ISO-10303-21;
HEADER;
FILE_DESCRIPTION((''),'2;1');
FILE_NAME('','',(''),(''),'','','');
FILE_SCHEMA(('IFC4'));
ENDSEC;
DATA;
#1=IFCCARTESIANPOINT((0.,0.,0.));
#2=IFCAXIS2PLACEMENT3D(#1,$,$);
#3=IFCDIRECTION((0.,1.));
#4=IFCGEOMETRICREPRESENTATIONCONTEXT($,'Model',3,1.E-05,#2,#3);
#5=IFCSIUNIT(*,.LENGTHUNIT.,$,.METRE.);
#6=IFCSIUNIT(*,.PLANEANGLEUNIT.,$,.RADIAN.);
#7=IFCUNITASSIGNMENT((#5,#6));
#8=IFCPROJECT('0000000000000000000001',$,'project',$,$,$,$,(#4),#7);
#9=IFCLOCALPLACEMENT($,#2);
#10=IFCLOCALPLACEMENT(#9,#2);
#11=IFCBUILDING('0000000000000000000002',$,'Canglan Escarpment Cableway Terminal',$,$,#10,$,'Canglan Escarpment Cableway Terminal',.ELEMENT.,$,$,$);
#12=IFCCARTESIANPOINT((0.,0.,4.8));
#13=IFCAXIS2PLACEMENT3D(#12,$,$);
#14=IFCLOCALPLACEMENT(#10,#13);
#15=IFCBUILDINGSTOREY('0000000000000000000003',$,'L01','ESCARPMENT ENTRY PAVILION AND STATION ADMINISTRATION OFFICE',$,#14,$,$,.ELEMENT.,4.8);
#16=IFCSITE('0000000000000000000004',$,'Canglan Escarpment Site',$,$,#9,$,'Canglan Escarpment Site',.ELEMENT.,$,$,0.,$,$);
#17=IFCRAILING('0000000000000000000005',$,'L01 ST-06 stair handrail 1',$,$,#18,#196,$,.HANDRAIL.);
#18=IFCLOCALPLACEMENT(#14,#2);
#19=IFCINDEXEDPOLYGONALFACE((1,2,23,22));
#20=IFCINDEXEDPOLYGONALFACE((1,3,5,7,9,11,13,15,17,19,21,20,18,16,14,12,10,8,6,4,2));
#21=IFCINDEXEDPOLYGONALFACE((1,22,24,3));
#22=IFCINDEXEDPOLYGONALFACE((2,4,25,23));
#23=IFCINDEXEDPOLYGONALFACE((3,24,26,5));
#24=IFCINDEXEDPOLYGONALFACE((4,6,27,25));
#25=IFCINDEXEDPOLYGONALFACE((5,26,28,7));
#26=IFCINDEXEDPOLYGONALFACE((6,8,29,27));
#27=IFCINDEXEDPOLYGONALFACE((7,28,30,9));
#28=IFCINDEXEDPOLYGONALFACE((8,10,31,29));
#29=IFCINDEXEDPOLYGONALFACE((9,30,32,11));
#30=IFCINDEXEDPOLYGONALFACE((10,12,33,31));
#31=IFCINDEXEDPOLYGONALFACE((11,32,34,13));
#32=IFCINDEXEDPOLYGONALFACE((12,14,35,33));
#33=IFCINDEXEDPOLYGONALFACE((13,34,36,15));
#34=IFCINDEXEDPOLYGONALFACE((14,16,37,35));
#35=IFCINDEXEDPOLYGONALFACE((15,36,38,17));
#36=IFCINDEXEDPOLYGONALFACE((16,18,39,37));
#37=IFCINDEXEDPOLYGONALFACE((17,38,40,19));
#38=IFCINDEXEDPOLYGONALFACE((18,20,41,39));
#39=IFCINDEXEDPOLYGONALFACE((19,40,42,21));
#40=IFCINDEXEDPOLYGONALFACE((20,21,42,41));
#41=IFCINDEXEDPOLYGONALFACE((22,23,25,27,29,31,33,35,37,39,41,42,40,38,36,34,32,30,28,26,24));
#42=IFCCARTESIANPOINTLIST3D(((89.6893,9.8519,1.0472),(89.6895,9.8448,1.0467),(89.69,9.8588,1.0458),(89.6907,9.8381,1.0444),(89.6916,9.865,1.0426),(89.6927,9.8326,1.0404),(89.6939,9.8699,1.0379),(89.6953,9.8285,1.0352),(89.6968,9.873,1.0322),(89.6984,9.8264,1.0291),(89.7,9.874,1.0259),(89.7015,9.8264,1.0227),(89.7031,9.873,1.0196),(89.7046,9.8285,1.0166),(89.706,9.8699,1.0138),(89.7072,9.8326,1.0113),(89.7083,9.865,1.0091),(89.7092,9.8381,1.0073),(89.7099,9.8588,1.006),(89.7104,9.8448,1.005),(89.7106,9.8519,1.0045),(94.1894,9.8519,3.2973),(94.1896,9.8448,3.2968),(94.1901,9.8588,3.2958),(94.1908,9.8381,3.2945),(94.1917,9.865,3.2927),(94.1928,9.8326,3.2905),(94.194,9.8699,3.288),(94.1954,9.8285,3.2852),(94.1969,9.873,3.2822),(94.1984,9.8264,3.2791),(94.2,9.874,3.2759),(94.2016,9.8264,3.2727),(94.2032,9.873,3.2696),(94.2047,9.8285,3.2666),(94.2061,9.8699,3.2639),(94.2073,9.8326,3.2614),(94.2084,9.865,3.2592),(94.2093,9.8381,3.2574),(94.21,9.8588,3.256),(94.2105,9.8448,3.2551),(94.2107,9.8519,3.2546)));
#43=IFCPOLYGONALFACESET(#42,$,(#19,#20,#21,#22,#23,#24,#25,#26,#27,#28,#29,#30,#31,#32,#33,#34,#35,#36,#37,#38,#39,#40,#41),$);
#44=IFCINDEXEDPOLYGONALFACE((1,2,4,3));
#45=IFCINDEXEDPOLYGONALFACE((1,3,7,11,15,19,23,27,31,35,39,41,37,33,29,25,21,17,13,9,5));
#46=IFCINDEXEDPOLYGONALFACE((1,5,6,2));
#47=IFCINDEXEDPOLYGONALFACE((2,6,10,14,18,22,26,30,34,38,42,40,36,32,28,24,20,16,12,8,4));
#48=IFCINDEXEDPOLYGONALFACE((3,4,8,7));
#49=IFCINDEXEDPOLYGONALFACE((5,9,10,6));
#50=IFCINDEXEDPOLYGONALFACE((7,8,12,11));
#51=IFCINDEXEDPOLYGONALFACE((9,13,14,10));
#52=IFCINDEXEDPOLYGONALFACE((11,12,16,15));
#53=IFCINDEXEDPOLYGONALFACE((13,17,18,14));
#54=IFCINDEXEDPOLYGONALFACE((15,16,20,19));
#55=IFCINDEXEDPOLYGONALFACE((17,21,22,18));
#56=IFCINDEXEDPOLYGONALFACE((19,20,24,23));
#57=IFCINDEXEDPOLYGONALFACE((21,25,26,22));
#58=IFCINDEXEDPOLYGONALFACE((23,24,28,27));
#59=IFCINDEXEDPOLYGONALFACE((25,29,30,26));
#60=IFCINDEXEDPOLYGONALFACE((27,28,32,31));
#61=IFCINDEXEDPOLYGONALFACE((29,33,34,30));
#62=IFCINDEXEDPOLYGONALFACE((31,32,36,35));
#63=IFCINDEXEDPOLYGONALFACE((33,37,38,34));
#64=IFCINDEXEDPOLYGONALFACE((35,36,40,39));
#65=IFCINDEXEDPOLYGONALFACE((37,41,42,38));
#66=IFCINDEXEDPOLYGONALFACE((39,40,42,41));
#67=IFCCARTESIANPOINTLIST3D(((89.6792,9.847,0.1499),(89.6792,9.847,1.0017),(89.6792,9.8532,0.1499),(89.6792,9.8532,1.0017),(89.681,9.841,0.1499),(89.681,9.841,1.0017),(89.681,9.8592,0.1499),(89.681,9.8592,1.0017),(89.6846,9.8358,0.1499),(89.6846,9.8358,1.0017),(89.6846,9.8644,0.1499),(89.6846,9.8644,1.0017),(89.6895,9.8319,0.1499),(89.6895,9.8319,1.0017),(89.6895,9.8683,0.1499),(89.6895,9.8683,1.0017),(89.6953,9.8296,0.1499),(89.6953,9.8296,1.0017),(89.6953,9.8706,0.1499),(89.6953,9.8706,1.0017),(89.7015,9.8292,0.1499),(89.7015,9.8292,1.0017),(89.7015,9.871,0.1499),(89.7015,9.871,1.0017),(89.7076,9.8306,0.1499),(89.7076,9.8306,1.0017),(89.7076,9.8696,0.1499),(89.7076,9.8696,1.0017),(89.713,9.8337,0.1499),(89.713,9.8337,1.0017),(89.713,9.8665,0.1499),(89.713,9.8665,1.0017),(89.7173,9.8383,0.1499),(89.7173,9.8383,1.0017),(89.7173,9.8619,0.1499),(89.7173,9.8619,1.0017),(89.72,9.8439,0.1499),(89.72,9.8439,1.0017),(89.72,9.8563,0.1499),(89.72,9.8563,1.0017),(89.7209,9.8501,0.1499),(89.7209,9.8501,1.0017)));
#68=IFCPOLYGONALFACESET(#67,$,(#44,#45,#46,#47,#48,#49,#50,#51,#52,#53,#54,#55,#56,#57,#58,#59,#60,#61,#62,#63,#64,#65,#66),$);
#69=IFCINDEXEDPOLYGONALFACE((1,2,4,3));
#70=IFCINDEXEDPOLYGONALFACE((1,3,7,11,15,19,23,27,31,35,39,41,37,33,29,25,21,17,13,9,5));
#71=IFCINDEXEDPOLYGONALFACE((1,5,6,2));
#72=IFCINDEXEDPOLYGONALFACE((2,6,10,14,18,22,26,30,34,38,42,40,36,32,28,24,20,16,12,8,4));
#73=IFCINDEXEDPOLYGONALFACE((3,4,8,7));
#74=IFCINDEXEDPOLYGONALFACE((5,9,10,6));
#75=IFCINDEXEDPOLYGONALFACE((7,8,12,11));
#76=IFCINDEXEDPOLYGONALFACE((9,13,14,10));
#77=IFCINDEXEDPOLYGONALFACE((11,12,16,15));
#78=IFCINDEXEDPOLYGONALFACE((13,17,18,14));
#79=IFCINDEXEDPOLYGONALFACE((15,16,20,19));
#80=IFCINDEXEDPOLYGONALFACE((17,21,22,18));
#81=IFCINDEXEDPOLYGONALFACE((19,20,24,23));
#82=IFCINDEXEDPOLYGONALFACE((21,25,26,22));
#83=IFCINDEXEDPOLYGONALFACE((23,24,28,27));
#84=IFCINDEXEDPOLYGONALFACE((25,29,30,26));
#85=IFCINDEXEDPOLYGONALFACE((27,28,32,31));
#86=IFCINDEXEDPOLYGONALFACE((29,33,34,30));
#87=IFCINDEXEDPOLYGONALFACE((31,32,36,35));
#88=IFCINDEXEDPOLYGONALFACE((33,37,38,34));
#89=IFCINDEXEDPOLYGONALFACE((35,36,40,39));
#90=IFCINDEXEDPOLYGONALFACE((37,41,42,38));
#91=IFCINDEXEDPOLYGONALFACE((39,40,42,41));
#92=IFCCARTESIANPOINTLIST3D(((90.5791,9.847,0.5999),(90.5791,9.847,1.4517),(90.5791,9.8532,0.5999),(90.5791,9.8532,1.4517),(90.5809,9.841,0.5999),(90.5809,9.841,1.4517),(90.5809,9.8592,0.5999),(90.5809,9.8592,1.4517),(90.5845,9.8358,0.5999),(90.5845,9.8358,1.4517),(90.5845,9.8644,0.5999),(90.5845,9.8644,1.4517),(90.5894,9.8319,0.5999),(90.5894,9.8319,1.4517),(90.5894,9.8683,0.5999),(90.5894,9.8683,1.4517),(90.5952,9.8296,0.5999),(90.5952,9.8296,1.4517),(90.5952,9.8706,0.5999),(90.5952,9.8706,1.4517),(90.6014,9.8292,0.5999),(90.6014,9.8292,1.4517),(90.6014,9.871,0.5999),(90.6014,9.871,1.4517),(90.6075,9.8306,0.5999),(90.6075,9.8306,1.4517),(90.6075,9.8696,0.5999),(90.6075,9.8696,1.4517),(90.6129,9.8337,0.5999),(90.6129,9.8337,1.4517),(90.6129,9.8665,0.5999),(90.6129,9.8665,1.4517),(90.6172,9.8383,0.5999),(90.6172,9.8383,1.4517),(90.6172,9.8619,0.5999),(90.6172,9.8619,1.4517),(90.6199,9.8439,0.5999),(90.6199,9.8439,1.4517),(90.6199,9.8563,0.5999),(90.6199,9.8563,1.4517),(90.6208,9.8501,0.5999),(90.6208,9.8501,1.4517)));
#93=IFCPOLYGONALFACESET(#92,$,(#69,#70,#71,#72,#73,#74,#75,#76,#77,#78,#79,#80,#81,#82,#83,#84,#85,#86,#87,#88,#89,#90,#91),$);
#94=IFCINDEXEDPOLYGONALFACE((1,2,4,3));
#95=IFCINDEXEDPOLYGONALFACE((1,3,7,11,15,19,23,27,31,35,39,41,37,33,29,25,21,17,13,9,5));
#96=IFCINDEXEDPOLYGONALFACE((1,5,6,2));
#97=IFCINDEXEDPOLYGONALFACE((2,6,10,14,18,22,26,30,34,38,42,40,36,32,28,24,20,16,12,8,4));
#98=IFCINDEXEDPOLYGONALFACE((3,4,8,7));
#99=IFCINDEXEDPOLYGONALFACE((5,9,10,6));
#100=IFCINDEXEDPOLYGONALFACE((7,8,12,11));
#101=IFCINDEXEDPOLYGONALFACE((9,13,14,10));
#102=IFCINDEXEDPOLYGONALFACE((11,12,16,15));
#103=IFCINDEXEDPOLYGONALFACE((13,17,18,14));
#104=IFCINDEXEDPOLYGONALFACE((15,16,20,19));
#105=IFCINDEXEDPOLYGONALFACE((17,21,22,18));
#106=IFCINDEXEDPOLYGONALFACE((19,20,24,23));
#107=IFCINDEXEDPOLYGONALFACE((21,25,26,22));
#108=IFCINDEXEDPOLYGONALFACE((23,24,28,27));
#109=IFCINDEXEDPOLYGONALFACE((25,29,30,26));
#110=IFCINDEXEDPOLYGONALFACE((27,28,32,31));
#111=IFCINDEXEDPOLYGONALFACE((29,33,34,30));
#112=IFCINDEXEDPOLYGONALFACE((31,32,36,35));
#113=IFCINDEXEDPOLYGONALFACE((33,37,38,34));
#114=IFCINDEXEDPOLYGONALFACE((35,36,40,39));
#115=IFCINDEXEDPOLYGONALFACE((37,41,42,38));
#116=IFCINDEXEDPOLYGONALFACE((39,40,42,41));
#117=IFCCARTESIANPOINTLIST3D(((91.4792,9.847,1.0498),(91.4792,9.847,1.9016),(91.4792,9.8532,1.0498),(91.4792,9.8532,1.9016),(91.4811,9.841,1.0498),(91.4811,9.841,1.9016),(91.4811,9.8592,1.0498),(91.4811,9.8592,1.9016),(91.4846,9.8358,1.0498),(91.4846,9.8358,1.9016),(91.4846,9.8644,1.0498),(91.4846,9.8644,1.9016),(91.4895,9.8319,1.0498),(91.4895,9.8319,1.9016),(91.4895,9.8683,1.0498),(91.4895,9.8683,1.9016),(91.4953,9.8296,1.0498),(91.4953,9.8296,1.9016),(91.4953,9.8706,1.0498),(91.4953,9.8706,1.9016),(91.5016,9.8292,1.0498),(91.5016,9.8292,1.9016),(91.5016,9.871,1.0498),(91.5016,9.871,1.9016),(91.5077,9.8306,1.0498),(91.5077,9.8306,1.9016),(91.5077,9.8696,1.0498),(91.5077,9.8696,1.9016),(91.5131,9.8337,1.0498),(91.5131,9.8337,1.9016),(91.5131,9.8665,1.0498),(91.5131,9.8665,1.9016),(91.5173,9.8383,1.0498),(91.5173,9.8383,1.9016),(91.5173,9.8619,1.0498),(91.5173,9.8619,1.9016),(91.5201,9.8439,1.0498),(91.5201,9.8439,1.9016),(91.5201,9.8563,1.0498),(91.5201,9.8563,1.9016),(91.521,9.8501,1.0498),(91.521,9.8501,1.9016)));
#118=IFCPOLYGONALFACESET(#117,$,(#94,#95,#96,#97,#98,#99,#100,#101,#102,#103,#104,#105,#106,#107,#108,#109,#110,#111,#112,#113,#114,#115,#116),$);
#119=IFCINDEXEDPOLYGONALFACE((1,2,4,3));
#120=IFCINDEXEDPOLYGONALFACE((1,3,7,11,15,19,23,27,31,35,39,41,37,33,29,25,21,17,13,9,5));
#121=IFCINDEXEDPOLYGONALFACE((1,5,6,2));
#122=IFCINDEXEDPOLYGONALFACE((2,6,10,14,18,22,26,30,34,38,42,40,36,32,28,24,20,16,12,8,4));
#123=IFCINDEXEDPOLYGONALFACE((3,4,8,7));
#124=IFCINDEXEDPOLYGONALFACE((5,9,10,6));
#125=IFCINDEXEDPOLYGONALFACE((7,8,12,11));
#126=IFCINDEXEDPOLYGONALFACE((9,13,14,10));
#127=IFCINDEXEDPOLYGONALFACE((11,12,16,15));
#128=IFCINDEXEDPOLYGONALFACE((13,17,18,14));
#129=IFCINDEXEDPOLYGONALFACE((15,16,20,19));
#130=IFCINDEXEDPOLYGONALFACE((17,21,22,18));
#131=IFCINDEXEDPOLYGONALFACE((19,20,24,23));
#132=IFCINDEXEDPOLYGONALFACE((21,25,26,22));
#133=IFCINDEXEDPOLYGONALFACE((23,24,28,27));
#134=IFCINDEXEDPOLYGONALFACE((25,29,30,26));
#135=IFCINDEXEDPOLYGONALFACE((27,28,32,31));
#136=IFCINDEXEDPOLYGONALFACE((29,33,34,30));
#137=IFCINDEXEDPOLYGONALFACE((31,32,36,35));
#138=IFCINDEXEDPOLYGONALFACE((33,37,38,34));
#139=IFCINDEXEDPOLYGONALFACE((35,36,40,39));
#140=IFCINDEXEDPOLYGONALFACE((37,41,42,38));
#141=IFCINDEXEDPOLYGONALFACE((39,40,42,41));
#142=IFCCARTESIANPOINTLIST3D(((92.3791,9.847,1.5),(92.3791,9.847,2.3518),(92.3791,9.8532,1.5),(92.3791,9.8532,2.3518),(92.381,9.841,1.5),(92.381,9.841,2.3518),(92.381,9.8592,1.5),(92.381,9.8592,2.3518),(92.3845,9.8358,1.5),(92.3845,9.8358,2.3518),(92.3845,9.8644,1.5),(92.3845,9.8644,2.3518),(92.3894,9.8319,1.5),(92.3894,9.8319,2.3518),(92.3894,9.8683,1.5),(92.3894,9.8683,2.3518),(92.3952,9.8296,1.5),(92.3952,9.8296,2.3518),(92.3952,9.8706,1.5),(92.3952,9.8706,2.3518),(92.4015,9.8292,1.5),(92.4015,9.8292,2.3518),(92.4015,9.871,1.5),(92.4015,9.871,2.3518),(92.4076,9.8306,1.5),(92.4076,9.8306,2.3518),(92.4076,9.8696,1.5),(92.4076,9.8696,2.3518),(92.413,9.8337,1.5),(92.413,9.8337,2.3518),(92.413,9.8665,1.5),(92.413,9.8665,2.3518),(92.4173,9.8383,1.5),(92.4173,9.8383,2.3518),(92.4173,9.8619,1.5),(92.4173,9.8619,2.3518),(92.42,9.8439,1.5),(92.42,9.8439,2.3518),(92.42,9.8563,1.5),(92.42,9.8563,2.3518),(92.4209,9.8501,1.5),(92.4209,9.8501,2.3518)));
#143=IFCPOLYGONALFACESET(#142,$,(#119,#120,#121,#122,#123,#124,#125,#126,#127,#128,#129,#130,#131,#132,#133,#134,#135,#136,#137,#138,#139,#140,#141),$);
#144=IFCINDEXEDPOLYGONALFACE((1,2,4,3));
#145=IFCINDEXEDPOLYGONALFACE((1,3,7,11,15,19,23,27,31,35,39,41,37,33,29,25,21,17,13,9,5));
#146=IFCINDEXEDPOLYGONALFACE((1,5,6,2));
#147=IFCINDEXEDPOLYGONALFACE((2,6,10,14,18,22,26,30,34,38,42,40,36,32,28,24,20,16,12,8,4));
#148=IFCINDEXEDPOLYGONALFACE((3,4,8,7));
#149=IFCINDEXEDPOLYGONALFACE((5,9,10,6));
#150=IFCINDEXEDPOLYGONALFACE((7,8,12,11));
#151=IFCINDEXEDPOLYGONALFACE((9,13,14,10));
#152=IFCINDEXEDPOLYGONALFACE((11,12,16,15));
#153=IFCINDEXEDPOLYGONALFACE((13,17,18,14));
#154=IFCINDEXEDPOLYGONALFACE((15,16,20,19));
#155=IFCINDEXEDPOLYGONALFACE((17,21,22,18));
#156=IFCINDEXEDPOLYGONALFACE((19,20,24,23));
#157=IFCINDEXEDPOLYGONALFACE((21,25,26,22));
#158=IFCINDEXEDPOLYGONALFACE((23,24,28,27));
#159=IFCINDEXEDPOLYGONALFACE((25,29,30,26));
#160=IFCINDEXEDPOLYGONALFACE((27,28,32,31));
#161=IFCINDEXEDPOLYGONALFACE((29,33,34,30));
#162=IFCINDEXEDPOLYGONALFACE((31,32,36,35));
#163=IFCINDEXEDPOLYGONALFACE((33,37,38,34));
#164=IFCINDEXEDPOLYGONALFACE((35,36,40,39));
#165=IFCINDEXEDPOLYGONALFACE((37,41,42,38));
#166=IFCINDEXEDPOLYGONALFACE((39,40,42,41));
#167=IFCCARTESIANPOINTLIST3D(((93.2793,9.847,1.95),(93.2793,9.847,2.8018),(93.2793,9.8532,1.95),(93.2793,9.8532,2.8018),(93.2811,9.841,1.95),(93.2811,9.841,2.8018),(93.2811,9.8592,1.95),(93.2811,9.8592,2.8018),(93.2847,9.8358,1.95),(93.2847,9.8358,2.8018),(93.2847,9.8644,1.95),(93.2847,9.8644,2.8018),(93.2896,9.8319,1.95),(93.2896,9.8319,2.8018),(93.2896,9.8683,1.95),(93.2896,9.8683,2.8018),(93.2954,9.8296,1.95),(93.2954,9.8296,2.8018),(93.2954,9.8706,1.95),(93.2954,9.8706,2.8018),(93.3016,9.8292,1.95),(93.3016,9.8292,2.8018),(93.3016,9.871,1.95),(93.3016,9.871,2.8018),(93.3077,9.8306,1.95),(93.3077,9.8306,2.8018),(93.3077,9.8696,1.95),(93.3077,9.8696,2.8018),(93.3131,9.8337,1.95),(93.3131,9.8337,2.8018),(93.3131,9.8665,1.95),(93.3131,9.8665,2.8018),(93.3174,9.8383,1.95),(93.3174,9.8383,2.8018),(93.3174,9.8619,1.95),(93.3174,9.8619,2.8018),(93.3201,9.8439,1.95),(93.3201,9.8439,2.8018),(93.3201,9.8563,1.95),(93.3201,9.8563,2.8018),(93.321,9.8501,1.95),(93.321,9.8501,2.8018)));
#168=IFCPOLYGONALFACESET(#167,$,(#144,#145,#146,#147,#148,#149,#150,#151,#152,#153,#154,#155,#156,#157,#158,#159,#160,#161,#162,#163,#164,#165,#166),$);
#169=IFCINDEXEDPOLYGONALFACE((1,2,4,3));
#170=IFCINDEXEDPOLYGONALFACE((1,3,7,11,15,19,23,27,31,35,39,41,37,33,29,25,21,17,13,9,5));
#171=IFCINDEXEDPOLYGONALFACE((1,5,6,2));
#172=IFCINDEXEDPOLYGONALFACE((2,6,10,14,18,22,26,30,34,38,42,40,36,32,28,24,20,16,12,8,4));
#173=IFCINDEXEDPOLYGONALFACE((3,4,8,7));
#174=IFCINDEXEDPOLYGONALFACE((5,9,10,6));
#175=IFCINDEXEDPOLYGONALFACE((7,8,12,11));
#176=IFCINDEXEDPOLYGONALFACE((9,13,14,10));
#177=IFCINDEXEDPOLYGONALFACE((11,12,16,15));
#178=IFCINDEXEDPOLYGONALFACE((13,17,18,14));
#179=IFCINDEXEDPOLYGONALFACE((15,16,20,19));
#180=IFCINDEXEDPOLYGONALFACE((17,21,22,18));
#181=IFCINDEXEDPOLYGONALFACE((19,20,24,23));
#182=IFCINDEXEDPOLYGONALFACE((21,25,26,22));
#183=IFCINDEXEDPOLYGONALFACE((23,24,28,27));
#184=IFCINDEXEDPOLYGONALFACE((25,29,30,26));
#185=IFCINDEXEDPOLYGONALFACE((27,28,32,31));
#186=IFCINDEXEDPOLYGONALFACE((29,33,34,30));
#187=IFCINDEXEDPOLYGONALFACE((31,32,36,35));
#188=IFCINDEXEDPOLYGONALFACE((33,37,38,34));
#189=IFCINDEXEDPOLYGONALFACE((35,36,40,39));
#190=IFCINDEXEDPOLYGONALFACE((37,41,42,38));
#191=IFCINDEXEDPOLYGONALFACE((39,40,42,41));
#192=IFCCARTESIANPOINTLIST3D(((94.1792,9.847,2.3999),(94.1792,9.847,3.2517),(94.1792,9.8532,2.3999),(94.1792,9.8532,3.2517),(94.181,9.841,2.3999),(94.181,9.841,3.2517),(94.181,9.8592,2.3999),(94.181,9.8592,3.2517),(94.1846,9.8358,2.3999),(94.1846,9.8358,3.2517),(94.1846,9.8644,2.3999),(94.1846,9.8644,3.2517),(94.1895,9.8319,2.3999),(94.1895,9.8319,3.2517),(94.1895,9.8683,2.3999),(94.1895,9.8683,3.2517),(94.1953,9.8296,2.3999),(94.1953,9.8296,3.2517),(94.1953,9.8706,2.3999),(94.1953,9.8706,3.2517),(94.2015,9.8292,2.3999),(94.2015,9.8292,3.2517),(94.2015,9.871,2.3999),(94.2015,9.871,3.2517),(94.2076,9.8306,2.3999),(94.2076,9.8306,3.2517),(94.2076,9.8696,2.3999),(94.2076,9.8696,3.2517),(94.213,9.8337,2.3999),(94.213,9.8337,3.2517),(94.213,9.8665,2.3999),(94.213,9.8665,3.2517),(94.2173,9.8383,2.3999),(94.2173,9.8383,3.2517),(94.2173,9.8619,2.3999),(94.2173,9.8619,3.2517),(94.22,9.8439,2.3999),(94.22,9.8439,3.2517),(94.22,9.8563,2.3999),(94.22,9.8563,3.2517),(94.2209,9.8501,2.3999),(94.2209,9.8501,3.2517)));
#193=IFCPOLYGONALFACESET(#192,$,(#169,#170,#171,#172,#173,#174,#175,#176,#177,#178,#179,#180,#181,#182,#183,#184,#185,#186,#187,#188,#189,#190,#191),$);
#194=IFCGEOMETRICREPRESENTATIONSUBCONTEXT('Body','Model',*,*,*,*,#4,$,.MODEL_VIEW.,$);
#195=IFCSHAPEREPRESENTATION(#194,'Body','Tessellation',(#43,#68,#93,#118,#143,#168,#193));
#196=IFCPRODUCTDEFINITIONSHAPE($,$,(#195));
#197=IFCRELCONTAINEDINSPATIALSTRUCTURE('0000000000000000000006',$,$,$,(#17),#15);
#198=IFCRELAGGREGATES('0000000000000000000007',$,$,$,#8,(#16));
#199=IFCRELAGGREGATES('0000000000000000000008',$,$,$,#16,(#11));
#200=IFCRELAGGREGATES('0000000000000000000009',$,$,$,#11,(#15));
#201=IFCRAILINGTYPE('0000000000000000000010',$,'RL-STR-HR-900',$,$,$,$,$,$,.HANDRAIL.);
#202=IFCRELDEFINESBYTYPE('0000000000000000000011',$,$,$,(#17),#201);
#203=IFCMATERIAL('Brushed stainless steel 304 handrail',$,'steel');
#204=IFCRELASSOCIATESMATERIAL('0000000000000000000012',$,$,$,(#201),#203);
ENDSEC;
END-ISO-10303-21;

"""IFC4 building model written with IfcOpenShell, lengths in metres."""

from ifc_helpers import new_model, si_unit, direction, frame, origin, origin_2d, place, context, subcontext, project, spatial, circle, extrude, material, type_object, element, save


model = new_model("IFC4")

# Units and contexts
model_context = context("Model", 3, precision=1e-05, world=origin(), true_north=direction((0.0, 1.0)))
body_context = subcontext(model_context, "Body", "Model", "MODEL_VIEW")
ifc_project = project(units=[si_unit("LENGTHUNIT", "METRE"), si_unit("PLANEANGLEUNIT", "RADIAN")], contexts=[model_context])

# Site, building, storey
site_placement = place(None, origin())
site = spatial("IfcSite", under=ifc_project, at=site_placement, Name="Canglan Escarpment Site", LongName="Canglan Escarpment Site", CompositionType="ELEMENT", RefElevation=0.0)
building_placement = place(site_placement, origin())
building = spatial("IfcBuilding", under=site, at=building_placement, Name="Canglan Escarpment Cableway Terminal", LongName="Canglan Escarpment Cableway Terminal", CompositionType="ELEMENT")
storey_placement = place(building_placement, frame((0.0, 0.0, 4.8)))
storey = spatial("IfcBuildingStorey", under=building, at=storey_placement, Name="L01", Description="ESCARPMENT ENTRY PAVILION AND STATION ADMINISTRATION OFFICE", CompositionType="ELEMENT", Elevation=4.8)

# Railing
ifc_material_1 = material(Name="Brushed stainless steel 304 handrail", Category="steel")
railing_type_1 = type_object("IfcRailingType", Name="RL-STR-HR-900", PredefinedType="HANDRAIL", material=ifc_material_1)
railing_1_placement = place(storey_placement, frame((89.7, 9.8501, 0.1499)))
element("IfcRailing", 1, at=railing_1_placement, inside=storey, type_object=railing_type_1, Name="L01 ST-06 stair handrail 1", PredefinedType="HANDRAIL", context=body_context, shape_type="SweptSolid", body=[
    extrude(circle(Radius=0.0239, at=origin_2d()), frame((0.0, 0.0, 0.876), z_axis=(0.894427, 0.0, 0.447214), x_axis=(0.0, 1.0, 0.0)), (0.0, 0.0, 1.0), 5.0312),
    extrude(circle(Radius=0.021, at=origin_2d()), origin(), (0.0, 0.0, 1.0), 0.8518),
    extrude(circle(Radius=0.021, at=origin_2d()), frame((0.8999, 0.0, 0.45)), (0.0, 0.0, 1.0), 0.8518),
    extrude(circle(Radius=0.021, at=origin_2d()), frame((1.8, 0.0, 0.8999)), (0.0, 0.0, 1.0), 0.8518),
    extrude(circle(Radius=0.021, at=origin_2d()), frame((2.7, 0.0, 1.3501)), (0.0, 0.0, 1.0), 0.8518),
    extrude(circle(Radius=0.021, at=origin_2d()), frame((3.6001, 0.0, 1.8)), (0.0, 0.0, 1.0), 0.8518),
    extrude(circle(Radius=0.021, at=origin_2d()), frame((4.5, 0.0, 2.25)), (0.0, 0.0, 1.0), 0.8518),
])

save(model, "model.ifc")
